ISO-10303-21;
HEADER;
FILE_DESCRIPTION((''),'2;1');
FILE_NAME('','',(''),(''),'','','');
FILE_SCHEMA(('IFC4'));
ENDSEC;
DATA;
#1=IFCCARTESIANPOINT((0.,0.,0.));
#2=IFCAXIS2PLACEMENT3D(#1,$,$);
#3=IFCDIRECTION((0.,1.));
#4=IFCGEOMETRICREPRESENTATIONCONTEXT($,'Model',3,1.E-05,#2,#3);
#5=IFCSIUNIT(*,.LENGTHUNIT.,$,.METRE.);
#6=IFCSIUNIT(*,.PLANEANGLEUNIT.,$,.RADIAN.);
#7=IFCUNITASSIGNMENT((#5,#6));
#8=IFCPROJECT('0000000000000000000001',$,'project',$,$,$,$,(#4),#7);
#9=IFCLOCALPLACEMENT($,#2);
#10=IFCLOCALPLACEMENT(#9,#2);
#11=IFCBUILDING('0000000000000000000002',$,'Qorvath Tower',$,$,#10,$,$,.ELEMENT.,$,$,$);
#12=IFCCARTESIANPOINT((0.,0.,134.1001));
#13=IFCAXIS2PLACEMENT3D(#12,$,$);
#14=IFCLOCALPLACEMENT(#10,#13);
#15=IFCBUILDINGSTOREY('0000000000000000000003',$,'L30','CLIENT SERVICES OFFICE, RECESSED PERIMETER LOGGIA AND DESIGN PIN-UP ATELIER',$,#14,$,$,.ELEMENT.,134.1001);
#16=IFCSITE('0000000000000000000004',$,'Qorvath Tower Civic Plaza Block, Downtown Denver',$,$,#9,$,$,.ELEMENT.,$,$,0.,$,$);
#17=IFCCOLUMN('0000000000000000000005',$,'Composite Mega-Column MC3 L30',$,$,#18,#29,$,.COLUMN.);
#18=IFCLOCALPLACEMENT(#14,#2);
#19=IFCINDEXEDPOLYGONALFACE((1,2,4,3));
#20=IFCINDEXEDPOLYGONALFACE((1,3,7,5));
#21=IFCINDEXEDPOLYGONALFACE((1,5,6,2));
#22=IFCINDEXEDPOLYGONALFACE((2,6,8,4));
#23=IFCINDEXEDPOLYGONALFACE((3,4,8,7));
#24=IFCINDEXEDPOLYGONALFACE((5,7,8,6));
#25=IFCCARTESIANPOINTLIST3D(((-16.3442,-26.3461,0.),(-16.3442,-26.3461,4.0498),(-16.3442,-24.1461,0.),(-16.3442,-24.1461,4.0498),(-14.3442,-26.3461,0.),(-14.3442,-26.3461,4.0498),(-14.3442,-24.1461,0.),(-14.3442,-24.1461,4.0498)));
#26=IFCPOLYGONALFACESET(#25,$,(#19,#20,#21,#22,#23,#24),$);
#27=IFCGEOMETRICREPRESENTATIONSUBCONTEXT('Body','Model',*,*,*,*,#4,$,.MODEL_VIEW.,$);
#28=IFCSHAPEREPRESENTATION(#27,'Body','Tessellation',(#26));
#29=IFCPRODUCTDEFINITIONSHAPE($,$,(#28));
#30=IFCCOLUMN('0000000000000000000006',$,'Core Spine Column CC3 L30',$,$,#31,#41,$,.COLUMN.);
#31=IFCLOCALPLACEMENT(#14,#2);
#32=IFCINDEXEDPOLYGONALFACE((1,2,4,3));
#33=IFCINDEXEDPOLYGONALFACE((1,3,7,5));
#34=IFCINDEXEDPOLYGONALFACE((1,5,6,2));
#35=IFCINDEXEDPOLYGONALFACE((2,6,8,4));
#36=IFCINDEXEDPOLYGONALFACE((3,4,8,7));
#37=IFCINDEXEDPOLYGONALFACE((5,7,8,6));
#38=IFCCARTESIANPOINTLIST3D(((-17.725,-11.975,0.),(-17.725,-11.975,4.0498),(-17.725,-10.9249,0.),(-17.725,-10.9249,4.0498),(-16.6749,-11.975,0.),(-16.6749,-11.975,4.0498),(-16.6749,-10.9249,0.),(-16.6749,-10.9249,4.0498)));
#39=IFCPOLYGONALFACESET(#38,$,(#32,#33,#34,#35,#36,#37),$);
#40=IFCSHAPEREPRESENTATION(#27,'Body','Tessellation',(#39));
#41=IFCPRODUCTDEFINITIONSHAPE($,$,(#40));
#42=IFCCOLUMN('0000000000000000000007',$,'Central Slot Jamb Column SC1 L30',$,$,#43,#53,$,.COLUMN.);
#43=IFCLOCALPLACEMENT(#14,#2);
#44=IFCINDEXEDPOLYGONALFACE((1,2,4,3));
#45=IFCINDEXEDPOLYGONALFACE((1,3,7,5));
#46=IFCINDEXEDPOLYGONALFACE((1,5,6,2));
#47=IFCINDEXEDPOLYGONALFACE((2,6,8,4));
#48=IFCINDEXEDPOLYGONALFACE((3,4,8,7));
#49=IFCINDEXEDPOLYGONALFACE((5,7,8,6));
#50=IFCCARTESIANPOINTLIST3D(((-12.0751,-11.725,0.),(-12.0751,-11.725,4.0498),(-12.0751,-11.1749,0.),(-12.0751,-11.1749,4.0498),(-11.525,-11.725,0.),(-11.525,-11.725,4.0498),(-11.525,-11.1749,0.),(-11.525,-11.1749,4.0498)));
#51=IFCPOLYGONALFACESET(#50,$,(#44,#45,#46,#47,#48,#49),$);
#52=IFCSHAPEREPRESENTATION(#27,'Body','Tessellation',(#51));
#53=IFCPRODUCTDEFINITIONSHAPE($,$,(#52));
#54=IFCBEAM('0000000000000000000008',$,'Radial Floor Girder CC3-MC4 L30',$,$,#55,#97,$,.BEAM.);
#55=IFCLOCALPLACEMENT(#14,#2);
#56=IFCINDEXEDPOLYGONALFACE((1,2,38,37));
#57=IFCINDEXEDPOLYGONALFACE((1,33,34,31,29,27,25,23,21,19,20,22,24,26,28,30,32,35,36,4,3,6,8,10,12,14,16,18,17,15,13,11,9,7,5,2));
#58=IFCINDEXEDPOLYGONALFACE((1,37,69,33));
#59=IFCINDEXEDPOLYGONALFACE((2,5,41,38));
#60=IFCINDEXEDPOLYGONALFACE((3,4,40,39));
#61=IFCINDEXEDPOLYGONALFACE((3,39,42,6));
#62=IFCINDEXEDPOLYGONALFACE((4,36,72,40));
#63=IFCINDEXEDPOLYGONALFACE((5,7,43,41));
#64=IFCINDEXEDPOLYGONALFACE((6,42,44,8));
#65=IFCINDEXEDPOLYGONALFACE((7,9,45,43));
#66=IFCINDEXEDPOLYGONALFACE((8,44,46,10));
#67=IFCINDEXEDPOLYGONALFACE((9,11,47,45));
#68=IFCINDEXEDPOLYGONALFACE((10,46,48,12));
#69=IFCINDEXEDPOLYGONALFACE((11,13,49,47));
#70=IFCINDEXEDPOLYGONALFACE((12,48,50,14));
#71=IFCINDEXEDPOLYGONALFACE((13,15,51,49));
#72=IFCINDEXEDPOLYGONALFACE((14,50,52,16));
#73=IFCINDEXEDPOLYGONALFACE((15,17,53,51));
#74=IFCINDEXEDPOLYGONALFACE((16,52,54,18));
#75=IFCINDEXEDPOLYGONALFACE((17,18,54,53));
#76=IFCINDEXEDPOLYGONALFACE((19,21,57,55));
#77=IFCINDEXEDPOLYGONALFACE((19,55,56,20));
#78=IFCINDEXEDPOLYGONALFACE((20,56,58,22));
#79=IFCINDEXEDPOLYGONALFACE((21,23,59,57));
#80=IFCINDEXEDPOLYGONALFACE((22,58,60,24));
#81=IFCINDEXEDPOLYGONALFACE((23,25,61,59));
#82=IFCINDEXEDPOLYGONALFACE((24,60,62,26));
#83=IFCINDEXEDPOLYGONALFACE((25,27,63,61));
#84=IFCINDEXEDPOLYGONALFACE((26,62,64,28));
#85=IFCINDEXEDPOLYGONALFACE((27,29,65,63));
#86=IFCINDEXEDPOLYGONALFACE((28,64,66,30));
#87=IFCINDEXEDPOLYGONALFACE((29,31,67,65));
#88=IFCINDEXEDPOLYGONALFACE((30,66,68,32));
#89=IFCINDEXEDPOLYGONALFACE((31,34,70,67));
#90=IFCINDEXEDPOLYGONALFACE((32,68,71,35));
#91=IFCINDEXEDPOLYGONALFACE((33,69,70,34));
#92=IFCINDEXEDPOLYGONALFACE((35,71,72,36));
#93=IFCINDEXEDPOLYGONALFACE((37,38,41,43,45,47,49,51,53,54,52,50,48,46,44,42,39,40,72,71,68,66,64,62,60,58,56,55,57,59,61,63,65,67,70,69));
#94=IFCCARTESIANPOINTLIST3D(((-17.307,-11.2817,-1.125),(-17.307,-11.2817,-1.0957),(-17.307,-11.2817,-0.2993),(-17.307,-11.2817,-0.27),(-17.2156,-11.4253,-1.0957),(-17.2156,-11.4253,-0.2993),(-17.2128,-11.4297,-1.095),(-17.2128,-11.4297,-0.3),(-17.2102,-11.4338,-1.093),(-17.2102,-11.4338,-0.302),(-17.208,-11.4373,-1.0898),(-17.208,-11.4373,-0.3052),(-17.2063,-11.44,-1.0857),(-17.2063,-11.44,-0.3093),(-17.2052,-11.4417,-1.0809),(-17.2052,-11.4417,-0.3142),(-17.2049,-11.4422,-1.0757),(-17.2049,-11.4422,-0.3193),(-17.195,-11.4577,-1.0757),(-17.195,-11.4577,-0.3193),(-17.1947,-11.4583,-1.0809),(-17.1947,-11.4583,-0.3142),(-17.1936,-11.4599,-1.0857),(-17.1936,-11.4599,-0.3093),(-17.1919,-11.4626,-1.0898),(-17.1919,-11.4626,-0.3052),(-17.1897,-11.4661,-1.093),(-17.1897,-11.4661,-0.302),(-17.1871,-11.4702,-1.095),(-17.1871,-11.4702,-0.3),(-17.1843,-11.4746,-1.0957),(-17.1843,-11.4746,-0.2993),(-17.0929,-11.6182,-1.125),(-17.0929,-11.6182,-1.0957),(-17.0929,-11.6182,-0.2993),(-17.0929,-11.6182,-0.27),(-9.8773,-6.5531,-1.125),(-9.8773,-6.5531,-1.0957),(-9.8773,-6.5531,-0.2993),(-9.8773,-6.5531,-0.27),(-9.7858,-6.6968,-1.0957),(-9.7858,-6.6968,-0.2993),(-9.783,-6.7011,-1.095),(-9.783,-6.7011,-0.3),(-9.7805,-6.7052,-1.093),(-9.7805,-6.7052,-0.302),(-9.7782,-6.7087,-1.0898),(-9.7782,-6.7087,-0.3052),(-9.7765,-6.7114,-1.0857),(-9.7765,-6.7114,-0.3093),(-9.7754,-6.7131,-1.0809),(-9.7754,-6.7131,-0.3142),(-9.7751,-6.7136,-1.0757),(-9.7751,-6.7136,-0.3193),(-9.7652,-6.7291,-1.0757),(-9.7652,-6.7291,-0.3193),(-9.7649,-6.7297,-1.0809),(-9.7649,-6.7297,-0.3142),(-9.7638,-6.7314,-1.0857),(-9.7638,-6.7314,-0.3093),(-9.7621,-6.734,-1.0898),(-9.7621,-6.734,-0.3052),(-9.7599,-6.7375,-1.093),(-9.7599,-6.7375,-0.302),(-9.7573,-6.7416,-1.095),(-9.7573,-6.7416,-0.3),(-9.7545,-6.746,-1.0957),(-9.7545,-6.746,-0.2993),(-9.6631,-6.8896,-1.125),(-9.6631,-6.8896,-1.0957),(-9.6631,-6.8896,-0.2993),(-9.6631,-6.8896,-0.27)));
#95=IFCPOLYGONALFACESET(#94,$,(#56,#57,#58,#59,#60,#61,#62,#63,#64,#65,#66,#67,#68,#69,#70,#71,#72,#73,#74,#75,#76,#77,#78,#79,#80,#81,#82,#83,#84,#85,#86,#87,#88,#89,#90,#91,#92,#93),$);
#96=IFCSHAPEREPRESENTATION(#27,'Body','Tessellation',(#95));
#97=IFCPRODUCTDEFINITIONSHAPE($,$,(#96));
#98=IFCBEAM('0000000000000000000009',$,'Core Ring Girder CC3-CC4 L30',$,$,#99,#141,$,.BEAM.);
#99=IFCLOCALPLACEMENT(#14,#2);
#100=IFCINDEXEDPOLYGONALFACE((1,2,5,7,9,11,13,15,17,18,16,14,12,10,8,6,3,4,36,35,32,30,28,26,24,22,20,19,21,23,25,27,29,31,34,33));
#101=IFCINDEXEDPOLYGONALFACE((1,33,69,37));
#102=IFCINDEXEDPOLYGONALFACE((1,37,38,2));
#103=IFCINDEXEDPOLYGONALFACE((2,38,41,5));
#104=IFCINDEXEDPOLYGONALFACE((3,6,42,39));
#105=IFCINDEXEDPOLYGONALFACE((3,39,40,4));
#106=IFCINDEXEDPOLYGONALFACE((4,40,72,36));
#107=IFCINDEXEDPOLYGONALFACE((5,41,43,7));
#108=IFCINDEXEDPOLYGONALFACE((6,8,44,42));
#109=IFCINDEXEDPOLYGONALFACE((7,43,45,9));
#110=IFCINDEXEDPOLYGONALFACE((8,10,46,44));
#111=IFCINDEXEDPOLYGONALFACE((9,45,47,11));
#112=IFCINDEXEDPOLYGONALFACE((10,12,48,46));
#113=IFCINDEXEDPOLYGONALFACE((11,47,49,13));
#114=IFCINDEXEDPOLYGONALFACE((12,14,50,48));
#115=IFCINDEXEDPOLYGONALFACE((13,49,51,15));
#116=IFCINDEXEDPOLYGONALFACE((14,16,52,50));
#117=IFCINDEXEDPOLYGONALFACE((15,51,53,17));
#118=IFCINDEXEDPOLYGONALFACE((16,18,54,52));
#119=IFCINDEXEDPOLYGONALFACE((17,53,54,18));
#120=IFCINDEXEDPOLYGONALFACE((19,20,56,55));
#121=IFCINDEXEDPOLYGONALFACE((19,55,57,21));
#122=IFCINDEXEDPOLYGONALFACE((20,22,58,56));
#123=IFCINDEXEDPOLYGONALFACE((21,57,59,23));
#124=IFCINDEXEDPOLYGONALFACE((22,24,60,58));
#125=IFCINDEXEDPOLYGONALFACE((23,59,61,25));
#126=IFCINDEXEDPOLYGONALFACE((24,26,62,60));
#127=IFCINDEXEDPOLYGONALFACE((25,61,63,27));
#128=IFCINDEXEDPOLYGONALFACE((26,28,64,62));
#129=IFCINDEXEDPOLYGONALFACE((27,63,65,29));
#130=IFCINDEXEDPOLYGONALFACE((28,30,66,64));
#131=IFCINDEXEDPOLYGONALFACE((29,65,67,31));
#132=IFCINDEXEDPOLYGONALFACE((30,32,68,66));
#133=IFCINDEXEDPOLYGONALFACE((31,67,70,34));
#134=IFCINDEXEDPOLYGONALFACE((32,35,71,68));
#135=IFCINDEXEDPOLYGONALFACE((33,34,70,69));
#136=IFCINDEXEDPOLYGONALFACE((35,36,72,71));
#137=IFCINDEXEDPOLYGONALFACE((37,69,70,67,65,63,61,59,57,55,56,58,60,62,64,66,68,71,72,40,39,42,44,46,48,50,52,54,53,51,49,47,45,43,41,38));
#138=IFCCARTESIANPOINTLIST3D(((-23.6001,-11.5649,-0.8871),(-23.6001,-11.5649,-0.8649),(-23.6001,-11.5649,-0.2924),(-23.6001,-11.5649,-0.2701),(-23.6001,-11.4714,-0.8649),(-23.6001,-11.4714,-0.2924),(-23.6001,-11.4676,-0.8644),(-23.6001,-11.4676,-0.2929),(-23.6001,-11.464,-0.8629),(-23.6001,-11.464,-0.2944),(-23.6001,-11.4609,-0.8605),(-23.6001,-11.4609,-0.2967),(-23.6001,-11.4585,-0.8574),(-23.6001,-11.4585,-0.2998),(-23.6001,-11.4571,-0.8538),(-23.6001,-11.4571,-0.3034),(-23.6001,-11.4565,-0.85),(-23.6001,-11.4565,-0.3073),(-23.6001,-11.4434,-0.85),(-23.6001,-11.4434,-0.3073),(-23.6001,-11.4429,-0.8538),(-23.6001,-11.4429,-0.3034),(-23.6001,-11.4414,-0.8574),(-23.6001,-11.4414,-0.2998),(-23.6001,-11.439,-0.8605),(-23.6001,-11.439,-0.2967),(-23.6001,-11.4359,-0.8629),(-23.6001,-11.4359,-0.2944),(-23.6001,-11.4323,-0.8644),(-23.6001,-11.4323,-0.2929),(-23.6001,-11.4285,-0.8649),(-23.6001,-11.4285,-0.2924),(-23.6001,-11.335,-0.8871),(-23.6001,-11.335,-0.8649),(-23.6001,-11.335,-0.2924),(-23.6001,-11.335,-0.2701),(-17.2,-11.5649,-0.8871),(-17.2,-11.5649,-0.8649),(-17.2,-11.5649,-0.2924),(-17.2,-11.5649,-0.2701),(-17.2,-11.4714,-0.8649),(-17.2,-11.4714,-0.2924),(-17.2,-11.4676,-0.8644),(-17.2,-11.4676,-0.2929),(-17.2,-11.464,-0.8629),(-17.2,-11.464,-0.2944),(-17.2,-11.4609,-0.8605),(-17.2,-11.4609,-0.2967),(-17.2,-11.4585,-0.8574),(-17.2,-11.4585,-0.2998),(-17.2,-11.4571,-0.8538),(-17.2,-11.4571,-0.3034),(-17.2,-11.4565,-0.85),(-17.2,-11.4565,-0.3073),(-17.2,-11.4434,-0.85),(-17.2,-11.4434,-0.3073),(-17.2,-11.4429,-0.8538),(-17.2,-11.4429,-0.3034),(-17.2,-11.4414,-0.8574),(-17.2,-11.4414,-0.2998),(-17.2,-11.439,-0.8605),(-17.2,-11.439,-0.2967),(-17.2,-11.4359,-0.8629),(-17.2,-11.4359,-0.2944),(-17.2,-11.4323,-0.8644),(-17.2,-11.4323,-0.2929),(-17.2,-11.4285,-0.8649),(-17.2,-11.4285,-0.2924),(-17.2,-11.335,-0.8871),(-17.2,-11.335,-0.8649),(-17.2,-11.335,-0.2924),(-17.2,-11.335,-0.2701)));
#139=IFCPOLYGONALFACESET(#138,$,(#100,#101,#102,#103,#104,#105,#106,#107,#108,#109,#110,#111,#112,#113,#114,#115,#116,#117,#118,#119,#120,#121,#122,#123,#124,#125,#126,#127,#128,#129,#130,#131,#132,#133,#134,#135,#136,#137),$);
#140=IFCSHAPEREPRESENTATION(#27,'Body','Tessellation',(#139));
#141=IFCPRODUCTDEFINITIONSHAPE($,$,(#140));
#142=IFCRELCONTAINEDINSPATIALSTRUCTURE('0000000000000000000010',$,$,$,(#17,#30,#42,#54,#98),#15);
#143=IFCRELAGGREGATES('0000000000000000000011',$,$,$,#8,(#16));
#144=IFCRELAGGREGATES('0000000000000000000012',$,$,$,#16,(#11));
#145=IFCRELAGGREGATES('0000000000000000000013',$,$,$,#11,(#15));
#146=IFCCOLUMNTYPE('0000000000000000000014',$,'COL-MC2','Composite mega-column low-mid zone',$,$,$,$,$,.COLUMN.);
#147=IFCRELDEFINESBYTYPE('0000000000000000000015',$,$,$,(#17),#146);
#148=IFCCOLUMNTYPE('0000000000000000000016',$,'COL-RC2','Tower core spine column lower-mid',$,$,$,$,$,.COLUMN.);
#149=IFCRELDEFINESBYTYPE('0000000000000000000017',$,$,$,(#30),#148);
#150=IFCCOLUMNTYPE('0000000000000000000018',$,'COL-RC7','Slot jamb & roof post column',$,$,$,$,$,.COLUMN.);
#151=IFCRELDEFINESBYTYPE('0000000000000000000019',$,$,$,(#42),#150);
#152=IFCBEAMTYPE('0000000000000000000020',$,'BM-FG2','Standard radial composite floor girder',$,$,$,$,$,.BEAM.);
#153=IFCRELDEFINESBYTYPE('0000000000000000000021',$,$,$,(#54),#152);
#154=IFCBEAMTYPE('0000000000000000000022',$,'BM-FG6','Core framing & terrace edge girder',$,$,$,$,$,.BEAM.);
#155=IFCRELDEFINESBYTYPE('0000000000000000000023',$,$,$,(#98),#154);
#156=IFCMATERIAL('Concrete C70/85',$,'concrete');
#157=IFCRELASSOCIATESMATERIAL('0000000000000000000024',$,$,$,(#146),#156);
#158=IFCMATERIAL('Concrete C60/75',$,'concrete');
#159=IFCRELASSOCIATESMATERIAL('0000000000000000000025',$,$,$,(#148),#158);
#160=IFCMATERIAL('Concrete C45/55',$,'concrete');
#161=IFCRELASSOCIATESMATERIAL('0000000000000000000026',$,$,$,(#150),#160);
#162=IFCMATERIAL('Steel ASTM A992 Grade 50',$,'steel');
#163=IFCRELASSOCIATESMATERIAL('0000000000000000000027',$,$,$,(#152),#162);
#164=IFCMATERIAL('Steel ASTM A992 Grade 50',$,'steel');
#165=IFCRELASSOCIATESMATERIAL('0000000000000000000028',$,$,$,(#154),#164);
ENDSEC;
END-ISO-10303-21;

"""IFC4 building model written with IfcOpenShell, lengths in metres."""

from ifc_helpers import new_model, si_unit, direction, frame, origin, origin_2d, place, context, subcontext, project, spatial, rectangle, i_section, extrude, material, material_profile, profile_set, type_object, element, save


model = new_model("IFC4")

# Units and contexts
model_context = context("Model", 3, precision=1e-05, world=origin(), true_north=direction((0.0, 1.0)))
body_context = subcontext(model_context, "Body", "Model", "MODEL_VIEW")
ifc_project = project(units=[si_unit("LENGTHUNIT", "METRE"), si_unit("PLANEANGLEUNIT", "RADIAN")], contexts=[model_context])

# Site, building, storey
site_placement = place(None, origin())
site = spatial("IfcSite", under=ifc_project, at=site_placement, Name="Qorvath Tower Civic Plaza Block, Downtown Denver", CompositionType="ELEMENT", RefElevation=0.0)
building_placement = place(site_placement, origin())
building = spatial("IfcBuilding", under=site, at=building_placement, Name="Qorvath Tower", CompositionType="ELEMENT")
storey_placement = place(building_placement, frame((0.0, 0.0, 134.1001)))
storey = spatial("IfcBuildingStorey", under=building, at=storey_placement, Name="L30", Description="CLIENT SERVICES OFFICE, RECESSED PERIMETER LOGGIA AND DESIGN PIN-UP ATELIER", CompositionType="ELEMENT", Elevation=134.1001)

# Columns
ifc_material_1 = material(Name="Concrete C70/85", Category="concrete")
ifc_material_profile_1 = material_profile(ifc_material_1, rectangle(XDim=2.0, YDim=2.2, at=origin_2d()), Name="MC 2200x2000")
ifc_profile_set_1 = profile_set([ifc_material_profile_1], Name="Concrete C70/85")
column_type_1 = type_object("IfcColumnType", Name="COL-MC2", Description="Composite mega-column low-mid zone", PredefinedType="COLUMN", material=ifc_profile_set_1)
column_1_placement = place(storey_placement, frame((-15.3442, -25.2461, 0.0), z_axis=(0.0, 0.0, 1.0), x_axis=(1.0, 0.0, 0.0)))
element("IfcColumn", 1, at=column_1_placement, inside=storey, type_object=column_type_1, Name="Composite Mega-Column MC3 L30", PredefinedType="COLUMN", context=body_context, shape_type="SweptSolid", body=[
    extrude(rectangle(XDim=2.0, YDim=2.2, at=origin_2d()), origin(), (0.0, 0.0, 1.0), 4.0498),
])
ifc_material_2 = material(Name="Concrete C60/75", Category="concrete")
ifc_material_profile_2 = material_profile(ifc_material_2, rectangle(XDim=1.05, YDim=1.05, at=origin_2d()), Name="RC 1050x1050")
ifc_profile_set_2 = profile_set([ifc_material_profile_2], Name="Concrete C60/75")
column_type_2 = type_object("IfcColumnType", Name="COL-RC2", Description="Tower core spine column lower-mid", PredefinedType="COLUMN", material=ifc_profile_set_2)
column_2_placement = place(storey_placement, frame((-17.2, -11.45, 0.0), z_axis=(0.0, 0.0, 1.0), x_axis=(1.0, 0.0, 0.0)))
element("IfcColumn", 2, at=column_2_placement, inside=storey, type_object=column_type_2, Name="Core Spine Column CC3 L30", PredefinedType="COLUMN", context=body_context, shape_type="SweptSolid", body=[
    extrude(rectangle(XDim=1.05, YDim=1.05, at=origin_2d()), origin(), (0.0, 0.0, 1.0), 4.0498),
])
ifc_material_3 = material(Name="Concrete C45/55", Category="concrete")
ifc_material_profile_3 = material_profile(ifc_material_3, rectangle(XDim=0.55, YDim=0.55, at=origin_2d()), Name="RC 550x550")
ifc_profile_set_3 = profile_set([ifc_material_profile_3], Name="Concrete C45/55")
column_type_3 = type_object("IfcColumnType", Name="COL-RC7", Description="Slot jamb & roof post column", PredefinedType="COLUMN", material=ifc_profile_set_3)
column_3_placement = place(storey_placement, frame((-11.8, -11.45, 0.0), z_axis=(0.0, 0.0, 1.0), x_axis=(1.0, 0.0, 0.0)))
element("IfcColumn", 3, at=column_3_placement, inside=storey, type_object=column_type_3, Name="Central Slot Jamb Column SC1 L30", PredefinedType="COLUMN", context=body_context, shape_type="SweptSolid", body=[
    extrude(rectangle(XDim=0.55, YDim=0.55, at=origin_2d()), origin(), (0.0, 0.0, 1.0), 4.0498),
])

# Beams
ifc_material_4 = material(Name="Steel ASTM A992 Grade 50", Category="steel")
ifc_material_profile_4 = material_profile(ifc_material_4, i_section(OverallWidth=0.3989, OverallDepth=0.855, WebThickness=0.0183, FlangeThickness=0.0293, FilletRadius=0.02, at=origin_2d()), Name="W33x201")
ifc_profile_set_4 = profile_set([ifc_material_profile_4], Name="Steel ASTM A992 Grade 50")
beam_type_1 = type_object("IfcBeamType", Name="BM-FG2", Description="Standard radial composite floor girder", PredefinedType="BEAM", material=ifc_profile_set_4)
beam_1_placement = place(storey_placement, frame((-17.2, -11.45, -0.6975), z_axis=(0.843634, 0.536919, 0.0), x_axis=(-0.536919, 0.843634, 0.0)))
element("IfcBeam", 4, at=beam_1_placement, inside=storey, type_object=beam_type_1, Name="Radial Floor Girder CC3-MC4 L30", PredefinedType="BEAM", context=body_context, shape_type="SweptSolid", body=[
    extrude(i_section(OverallWidth=0.3989, OverallDepth=0.855, WebThickness=0.0183, FlangeThickness=0.0293, FilletRadius=0.02, at=origin_2d()), origin(), (0.0, 0.0, 1.0), 8.8069),
])
ifc_material_5 = material(Name="Steel ASTM A992 Grade 50", Category="steel")
ifc_material_profile_5 = material_profile(ifc_material_5, i_section(OverallWidth=0.23, OverallDepth=0.6169, WebThickness=0.0132, FlangeThickness=0.0222, FilletRadius=0.0149, at=origin_2d()), Name="W24x94")
ifc_profile_set_5 = profile_set([ifc_material_profile_5], Name="Steel ASTM A992 Grade 50")
beam_type_2 = type_object("IfcBeamType", Name="BM-FG6", Description="Core framing & terrace edge girder", PredefinedType="BEAM", material=ifc_profile_set_5)
beam_2_placement = place(storey_placement, frame((-17.2, -11.45, -0.5786), z_axis=(-1.0, 0.0, 0.0), x_axis=(0.0, -1.0, 0.0)))
element("IfcBeam", 5, at=beam_2_placement, inside=storey, type_object=beam_type_2, Name="Core Ring Girder CC3-CC4 L30", PredefinedType="BEAM", context=body_context, shape_type="SweptSolid", body=[
    extrude(i_section(OverallWidth=0.23, OverallDepth=0.6169, WebThickness=0.0132, FlangeThickness=0.0222, FilletRadius=0.0149, at=origin_2d()), origin(), (0.0, 0.0, 1.0), 6.4001),
])

save(model, "model.ifc")
